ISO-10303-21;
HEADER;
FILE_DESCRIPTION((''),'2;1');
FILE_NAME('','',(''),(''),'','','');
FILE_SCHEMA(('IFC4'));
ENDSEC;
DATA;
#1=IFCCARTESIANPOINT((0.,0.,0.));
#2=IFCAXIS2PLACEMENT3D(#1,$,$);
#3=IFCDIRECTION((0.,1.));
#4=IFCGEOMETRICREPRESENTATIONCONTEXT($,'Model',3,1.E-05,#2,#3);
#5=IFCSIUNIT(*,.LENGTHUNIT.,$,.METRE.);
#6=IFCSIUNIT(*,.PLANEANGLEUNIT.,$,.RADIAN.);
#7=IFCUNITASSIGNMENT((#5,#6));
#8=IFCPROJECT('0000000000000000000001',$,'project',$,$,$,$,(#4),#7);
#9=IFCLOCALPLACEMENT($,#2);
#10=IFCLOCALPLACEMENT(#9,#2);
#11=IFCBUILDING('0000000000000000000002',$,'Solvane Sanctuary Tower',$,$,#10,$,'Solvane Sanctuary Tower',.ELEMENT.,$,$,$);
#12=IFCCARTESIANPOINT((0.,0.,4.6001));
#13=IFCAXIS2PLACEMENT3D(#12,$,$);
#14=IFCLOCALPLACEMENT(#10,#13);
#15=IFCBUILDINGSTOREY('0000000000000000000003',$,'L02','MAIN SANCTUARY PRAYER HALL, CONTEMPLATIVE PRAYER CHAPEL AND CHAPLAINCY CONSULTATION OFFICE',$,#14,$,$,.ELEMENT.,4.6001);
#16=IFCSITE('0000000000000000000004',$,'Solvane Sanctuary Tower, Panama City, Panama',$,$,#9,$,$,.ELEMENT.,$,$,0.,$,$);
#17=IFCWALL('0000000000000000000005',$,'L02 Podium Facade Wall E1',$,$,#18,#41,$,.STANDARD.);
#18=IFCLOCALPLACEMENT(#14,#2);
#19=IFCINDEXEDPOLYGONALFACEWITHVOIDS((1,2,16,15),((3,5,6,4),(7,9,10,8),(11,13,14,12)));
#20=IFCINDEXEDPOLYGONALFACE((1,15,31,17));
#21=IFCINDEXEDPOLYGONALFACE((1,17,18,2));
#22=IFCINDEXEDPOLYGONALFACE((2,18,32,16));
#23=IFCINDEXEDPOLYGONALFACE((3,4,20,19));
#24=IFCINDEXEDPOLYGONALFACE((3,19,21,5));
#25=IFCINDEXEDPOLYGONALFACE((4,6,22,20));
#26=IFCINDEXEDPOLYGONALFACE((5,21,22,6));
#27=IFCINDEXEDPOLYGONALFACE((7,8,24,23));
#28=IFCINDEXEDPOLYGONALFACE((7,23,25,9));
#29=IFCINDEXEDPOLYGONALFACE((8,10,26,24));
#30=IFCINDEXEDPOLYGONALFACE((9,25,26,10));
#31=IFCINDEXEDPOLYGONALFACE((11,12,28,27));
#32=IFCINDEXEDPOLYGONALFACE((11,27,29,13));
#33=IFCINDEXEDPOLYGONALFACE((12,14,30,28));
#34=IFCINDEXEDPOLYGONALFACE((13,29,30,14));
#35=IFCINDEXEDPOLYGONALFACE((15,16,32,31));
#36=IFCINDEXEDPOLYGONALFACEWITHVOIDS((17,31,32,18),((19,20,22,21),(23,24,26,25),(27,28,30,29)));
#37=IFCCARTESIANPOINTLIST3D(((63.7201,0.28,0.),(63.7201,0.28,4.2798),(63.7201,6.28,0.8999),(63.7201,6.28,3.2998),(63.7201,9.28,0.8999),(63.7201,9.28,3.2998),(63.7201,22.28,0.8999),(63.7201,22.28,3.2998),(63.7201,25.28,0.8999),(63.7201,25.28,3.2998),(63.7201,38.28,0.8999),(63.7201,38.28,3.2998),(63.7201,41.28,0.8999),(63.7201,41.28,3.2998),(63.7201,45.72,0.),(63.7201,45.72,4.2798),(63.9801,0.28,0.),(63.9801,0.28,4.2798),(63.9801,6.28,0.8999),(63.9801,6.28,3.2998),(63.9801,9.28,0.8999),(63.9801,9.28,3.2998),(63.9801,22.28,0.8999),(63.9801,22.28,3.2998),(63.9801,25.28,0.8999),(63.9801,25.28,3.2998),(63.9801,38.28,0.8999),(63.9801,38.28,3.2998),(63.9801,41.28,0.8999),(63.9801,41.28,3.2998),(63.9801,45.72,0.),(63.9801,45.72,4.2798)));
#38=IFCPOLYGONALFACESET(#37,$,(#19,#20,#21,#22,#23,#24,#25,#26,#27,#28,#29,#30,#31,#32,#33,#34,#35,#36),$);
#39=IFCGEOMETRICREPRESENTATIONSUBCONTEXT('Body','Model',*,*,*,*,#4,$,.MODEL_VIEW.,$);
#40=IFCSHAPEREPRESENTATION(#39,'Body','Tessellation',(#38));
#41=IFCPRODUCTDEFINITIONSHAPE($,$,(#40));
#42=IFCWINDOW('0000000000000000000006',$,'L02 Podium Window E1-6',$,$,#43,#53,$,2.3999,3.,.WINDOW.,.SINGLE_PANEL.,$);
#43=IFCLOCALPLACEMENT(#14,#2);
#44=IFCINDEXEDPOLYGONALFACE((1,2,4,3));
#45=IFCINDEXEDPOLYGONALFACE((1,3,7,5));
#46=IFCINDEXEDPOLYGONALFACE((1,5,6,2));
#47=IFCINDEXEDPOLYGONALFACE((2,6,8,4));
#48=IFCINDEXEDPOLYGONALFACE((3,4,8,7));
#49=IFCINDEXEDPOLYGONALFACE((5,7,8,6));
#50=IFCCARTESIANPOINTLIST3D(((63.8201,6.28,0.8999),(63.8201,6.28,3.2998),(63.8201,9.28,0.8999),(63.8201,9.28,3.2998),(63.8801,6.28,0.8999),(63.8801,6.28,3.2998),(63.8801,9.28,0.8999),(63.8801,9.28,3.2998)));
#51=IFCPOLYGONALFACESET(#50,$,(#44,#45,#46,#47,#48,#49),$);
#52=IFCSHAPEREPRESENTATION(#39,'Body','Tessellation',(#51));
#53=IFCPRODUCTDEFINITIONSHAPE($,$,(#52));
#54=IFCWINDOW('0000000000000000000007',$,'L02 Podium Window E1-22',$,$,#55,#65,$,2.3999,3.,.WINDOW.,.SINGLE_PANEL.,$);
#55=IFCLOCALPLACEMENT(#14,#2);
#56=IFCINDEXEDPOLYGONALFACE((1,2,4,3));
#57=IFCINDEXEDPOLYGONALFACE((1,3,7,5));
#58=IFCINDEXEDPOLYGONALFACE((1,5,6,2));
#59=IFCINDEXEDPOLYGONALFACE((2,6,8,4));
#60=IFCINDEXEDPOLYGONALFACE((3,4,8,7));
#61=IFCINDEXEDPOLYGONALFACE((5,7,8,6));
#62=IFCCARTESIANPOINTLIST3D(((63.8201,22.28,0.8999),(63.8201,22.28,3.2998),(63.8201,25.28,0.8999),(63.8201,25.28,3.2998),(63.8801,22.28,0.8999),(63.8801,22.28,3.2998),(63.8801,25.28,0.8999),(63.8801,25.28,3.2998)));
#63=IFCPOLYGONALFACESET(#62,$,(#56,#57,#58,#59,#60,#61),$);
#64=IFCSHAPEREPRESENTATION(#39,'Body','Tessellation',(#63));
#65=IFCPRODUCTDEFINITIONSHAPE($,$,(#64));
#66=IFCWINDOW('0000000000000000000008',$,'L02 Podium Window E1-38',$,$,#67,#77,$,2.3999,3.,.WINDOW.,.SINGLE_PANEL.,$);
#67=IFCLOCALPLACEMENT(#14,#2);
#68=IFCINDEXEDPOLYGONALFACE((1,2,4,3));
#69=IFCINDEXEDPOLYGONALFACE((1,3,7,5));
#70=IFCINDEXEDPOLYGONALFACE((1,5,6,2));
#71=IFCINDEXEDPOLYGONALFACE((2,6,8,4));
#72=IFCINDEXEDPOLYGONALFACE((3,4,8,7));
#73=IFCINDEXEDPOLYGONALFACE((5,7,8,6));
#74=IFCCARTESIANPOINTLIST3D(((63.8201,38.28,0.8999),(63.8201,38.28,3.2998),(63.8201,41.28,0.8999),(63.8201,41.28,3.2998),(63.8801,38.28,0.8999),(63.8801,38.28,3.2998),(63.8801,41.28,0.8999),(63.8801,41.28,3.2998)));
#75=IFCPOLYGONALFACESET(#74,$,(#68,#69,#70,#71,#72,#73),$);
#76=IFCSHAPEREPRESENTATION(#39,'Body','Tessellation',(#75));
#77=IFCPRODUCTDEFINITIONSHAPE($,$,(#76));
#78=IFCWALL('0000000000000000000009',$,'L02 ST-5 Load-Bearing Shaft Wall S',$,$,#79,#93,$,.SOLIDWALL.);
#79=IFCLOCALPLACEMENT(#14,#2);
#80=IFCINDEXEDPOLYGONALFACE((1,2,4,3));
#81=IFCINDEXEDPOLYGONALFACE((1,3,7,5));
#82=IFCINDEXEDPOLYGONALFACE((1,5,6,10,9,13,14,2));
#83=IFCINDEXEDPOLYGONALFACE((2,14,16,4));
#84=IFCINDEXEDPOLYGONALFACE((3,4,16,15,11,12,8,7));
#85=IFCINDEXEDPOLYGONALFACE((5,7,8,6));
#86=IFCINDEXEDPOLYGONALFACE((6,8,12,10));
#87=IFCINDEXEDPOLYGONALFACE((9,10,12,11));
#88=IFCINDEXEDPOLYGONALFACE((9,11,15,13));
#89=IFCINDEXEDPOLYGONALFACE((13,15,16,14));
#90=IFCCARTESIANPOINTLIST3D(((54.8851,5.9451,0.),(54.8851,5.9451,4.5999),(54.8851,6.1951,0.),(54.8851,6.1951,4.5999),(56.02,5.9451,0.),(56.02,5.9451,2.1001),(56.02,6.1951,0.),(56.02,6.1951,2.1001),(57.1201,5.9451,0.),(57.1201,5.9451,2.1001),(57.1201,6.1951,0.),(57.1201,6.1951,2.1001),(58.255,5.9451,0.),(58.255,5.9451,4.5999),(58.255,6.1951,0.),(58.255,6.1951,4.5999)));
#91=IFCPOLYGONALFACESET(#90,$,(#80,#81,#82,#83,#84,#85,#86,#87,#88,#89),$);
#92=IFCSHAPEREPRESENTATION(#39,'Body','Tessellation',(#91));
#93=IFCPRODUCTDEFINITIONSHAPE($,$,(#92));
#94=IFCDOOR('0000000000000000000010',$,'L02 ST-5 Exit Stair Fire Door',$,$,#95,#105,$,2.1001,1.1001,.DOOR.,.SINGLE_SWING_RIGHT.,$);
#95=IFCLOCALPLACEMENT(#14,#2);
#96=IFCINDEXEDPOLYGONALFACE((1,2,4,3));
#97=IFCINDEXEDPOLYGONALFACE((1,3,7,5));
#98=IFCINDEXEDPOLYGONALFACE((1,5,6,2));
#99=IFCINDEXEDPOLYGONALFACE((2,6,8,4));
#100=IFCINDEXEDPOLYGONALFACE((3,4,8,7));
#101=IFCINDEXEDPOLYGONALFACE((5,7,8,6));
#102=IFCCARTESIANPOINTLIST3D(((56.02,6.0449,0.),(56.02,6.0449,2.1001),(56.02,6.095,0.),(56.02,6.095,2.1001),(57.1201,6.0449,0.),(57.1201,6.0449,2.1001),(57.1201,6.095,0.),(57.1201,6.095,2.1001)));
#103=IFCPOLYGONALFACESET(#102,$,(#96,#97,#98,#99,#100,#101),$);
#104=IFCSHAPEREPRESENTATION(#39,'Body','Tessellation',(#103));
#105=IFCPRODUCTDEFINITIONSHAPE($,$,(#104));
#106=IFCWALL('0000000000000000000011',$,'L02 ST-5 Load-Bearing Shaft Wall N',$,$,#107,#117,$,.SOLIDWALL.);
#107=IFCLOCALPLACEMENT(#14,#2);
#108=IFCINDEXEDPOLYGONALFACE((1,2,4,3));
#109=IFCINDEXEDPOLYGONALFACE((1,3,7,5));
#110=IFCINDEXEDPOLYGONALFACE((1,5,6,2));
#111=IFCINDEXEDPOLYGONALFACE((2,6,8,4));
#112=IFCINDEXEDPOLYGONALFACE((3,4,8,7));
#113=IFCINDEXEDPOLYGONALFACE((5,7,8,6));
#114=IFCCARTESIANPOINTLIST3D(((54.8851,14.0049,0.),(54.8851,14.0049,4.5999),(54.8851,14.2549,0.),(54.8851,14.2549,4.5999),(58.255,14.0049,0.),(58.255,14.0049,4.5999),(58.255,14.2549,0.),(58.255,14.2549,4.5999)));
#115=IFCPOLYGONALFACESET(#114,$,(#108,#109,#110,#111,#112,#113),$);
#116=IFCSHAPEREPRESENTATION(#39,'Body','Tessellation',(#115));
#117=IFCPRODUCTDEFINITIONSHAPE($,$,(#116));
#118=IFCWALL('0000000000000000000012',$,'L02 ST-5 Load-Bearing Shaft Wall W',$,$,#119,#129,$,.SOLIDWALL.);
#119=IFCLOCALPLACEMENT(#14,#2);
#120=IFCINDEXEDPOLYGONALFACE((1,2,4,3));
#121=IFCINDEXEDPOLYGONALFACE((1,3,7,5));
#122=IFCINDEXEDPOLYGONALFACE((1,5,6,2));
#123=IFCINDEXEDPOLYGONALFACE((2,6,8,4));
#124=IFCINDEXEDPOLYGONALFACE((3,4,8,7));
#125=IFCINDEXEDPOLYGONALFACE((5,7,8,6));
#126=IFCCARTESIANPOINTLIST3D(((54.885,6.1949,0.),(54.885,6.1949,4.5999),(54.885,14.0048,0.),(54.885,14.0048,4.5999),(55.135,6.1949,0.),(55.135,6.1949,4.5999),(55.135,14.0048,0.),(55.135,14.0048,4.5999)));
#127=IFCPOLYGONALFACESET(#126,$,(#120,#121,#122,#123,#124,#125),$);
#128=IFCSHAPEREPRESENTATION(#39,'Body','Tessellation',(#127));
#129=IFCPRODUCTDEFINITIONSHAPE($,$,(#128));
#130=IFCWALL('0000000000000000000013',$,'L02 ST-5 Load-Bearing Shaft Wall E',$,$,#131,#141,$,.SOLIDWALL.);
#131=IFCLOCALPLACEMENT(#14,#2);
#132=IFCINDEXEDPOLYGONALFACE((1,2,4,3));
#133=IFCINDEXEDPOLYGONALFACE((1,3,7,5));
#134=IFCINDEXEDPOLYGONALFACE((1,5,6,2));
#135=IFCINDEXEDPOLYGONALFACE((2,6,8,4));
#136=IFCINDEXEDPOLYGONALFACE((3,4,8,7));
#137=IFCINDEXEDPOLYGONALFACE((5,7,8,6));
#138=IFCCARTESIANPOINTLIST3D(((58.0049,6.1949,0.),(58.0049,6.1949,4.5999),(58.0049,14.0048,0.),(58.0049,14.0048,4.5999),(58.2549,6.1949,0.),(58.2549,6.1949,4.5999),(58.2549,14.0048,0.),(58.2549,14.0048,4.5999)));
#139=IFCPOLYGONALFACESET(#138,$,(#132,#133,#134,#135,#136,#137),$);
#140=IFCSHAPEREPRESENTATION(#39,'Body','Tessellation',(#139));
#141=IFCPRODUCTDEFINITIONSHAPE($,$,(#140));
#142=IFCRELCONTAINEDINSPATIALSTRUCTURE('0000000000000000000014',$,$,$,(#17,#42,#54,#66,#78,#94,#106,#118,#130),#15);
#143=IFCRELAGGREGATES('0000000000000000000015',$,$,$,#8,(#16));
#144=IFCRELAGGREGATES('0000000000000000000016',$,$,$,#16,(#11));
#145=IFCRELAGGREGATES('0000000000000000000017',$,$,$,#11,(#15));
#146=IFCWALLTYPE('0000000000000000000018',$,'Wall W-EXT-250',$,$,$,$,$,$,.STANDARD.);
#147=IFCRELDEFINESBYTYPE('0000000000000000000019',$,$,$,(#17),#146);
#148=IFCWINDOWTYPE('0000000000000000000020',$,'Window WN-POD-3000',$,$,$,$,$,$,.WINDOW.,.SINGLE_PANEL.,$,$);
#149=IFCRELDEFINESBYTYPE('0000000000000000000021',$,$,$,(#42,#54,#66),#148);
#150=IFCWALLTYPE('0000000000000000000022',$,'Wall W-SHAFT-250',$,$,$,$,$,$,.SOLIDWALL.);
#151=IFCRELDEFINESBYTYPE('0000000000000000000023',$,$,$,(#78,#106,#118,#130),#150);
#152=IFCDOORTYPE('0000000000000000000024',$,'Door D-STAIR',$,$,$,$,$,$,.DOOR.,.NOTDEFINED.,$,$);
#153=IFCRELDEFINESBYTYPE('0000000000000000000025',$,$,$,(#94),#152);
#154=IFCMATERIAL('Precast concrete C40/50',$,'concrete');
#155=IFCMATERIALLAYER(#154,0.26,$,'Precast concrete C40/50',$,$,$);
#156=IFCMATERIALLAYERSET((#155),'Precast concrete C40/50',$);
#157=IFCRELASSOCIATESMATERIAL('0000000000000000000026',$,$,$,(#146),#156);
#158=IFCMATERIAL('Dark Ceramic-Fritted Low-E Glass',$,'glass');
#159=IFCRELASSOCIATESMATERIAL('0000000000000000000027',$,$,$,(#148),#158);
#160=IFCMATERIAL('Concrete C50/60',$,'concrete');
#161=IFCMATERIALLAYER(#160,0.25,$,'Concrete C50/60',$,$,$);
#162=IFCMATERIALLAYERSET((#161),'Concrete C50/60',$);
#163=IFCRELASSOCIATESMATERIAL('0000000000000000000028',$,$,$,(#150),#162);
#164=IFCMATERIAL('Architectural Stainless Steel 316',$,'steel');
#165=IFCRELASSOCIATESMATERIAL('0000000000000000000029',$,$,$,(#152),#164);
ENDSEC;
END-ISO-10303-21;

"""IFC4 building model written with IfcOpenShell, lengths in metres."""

from ifc_helpers import new_model, si_unit, direction, frame, frame_2d, origin, place, context, subcontext, project, spatial, rectangle, extrude, material, layer, layer_set, type_object, element, fill, save


model = new_model("IFC4")

# Units and contexts
model_context = context("Model", 3, precision=1e-05, world=origin(), true_north=direction((0.0, 1.0)))
body_context = subcontext(model_context, "Body", "Model", "MODEL_VIEW")
ifc_project = project(units=[si_unit("LENGTHUNIT", "METRE"), si_unit("PLANEANGLEUNIT", "RADIAN")], contexts=[model_context])

# Site, building, storey
site_placement = place(None, origin())
site = spatial("IfcSite", under=ifc_project, at=site_placement, Name="Solvane Sanctuary Tower, Panama City, Panama", CompositionType="ELEMENT", RefElevation=0.0)
building_placement = place(site_placement, origin())
building = spatial("IfcBuilding", under=site, at=building_placement, Name="Solvane Sanctuary Tower", LongName="Solvane Sanctuary Tower", CompositionType="ELEMENT")
storey_placement = place(building_placement, frame((0.0, 0.0, 4.6001)))
storey = spatial("IfcBuildingStorey", under=building, at=storey_placement, Name="L02", Description="MAIN SANCTUARY PRAYER HALL, CONTEMPLATIVE PRAYER CHAPEL AND CHAPLAINCY CONSULTATION OFFICE", CompositionType="ELEMENT", Elevation=4.6001)

# Wall, openings, windows
ifc_material_1 = material(Name="Precast concrete C40/50", Category="concrete")
ifc_layer_1 = layer(ifc_material_1, 0.26, Name="Precast concrete C40/50")
ifc_layer_set_1 = layer_set([ifc_layer_1], Name="Precast concrete C40/50")
wall_type_1 = type_object("IfcWallType", Name="Wall W-EXT-250", PredefinedType="STANDARD", material=ifc_layer_set_1)
wall_1_placement = place(storey_placement, frame((63.8501, 0.28, 0.0), z_axis=(0.0, 0.0, 1.0), x_axis=(0.0, 1.0, 0.0)))
wall_1 = element("IfcWall", 1, at=wall_1_placement, inside=storey, type_object=wall_type_1, Name="L02 Podium Facade Wall E1", PredefinedType="STANDARD", context=body_context, shape_type="SweptSolid", body=[
    extrude(rectangle(XDim=45.4399, YDim=0.26, at=frame_2d((22.72, 0.0))), origin(), (0.0, 0.0, 1.0), 4.2798),
])
opening_1_placement = place(wall_1_placement, frame((6.0, 0.0, 0.8999)))
opening_1 = element("IfcOpeningElement", 2, at=opening_1_placement, cuts=wall_1, PredefinedType="OPENING", context=body_context, shape_type="SweptSolid", body=[
    extrude(rectangle(XDim=3.0, YDim=2.3999, at=frame_2d((1.5, 1.2))), frame((0.0, 0.1399, 0.0), z_axis=(0.0, -1.0, 0.0), x_axis=(1.0, 0.0, 0.0)), (0.0, 0.0, 1.0), 0.28),
])
opening_2_placement = place(wall_1_placement, frame((22.0, 0.0, 0.8999)))
opening_2 = element("IfcOpeningElement", 3, at=opening_2_placement, cuts=wall_1, PredefinedType="OPENING", context=body_context, shape_type="SweptSolid", body=[
    extrude(rectangle(XDim=3.0, YDim=2.3999, at=frame_2d((1.5, 1.2))), frame((0.0, 0.1399, 0.0), z_axis=(0.0, -1.0, 0.0), x_axis=(1.0, 0.0, 0.0)), (0.0, 0.0, 1.0), 0.28),
])
opening_3_placement = place(wall_1_placement, frame((38.0, 0.0, 0.8999)))
opening_3 = element("IfcOpeningElement", 4, at=opening_3_placement, cuts=wall_1, PredefinedType="OPENING", context=body_context, shape_type="SweptSolid", body=[
    extrude(rectangle(XDim=3.0, YDim=2.3999, at=frame_2d((1.5, 1.2))), frame((0.0, 0.1399, 0.0), z_axis=(0.0, -1.0, 0.0), x_axis=(1.0, 0.0, 0.0)), (0.0, 0.0, 1.0), 0.28),
])
ifc_material_2 = material(Name="Dark Ceramic-Fritted Low-E Glass", Category="glass")
window_type = type_object("IfcWindowType", Name="Window WN-POD-3000", PartitioningType="SINGLE_PANEL", PredefinedType="WINDOW", material=ifc_material_2)
window_1_placement = place(opening_1_placement, origin())
window_1 = element("IfcWindow", 5, at=window_1_placement, inside=storey, type_object=window_type, Name="L02 Podium Window E1-6", OverallHeight=2.3999, OverallWidth=3.0, PartitioningType="SINGLE_PANEL", PredefinedType="WINDOW", context=body_context, shape_type="SweptSolid", body=[
    extrude(rectangle(XDim=3.0, YDim=2.3999, at=frame_2d((1.5, 1.2))), frame((0.0, 0.03, 0.0), z_axis=(0.0, -1.0, 0.0), x_axis=(1.0, 0.0, 0.0)), (0.0, 0.0, 1.0), 0.0601),
])
fill(opening_1, window_1)
window_2_placement = place(opening_2_placement, origin())
window_2 = element("IfcWindow", 6, at=window_2_placement, inside=storey, type_object=window_type, Name="L02 Podium Window E1-22", OverallHeight=2.3999, OverallWidth=3.0, PartitioningType="SINGLE_PANEL", PredefinedType="WINDOW", context=body_context, shape_type="SweptSolid", body=[
    extrude(rectangle(XDim=3.0, YDim=2.3999, at=frame_2d((1.5, 1.2))), frame((0.0, 0.03, 0.0), z_axis=(0.0, -1.0, 0.0), x_axis=(1.0, 0.0, 0.0)), (0.0, 0.0, 1.0), 0.0601),
])
fill(opening_2, window_2)
window_3_placement = place(opening_3_placement, origin())
window_3 = element("IfcWindow", 7, at=window_3_placement, inside=storey, type_object=window_type, Name="L02 Podium Window E1-38", OverallHeight=2.3999, OverallWidth=3.0, PartitioningType="SINGLE_PANEL", PredefinedType="WINDOW", context=body_context, shape_type="SweptSolid", body=[
    extrude(rectangle(XDim=3.0, YDim=2.3999, at=frame_2d((1.5, 1.2))), frame((0.0, 0.03, 0.0), z_axis=(0.0, -1.0, 0.0), x_axis=(1.0, 0.0, 0.0)), (0.0, 0.0, 1.0), 0.0601),
])
fill(opening_3, window_3)

# Wall, opening, door
ifc_material_3 = material(Name="Concrete C50/60", Category="concrete")
ifc_layer_2 = layer(ifc_material_3, 0.25, Name="Concrete C50/60")
ifc_layer_set_2 = layer_set([ifc_layer_2], Name="Concrete C50/60")
wall_type_2 = type_object("IfcWallType", Name="Wall W-SHAFT-250", PredefinedType="SOLIDWALL", material=ifc_layer_set_2)
wall_2_placement = place(storey_placement, frame((54.885, 6.0701, 0.0), z_axis=(0.0, 0.0, 1.0), x_axis=(1.0, 0.0, 0.0)))
wall_2 = element("IfcWall", 8, at=wall_2_placement, inside=storey, type_object=wall_type_2, Name="L02 ST-5 Load-Bearing Shaft Wall S", PredefinedType="SOLIDWALL", context=body_context, shape_type="SweptSolid", body=[
    extrude(rectangle(XDim=3.3699, YDim=0.25, at=frame_2d((1.6851, 0.0))), origin(), (0.0, 0.0, 1.0), 4.5999),
])
opening_4_placement = place(wall_2_placement, frame((1.135, 0.0, 0.0)))
opening_4 = element("IfcOpeningElement", 9, at=opening_4_placement, cuts=wall_2, PredefinedType="OPENING", context=body_context, shape_type="SweptSolid", body=[
    extrude(rectangle(XDim=1.1001, YDim=2.1001, at=frame_2d((0.55, 1.05))), frame((0.0, 0.135, 0.0), z_axis=(0.0, -1.0, 0.0), x_axis=(1.0, 0.0, 0.0)), (0.0, 0.0, 1.0), 0.27),
])
ifc_material_4 = material(Name="Architectural Stainless Steel 316", Category="steel")
door_type = type_object("IfcDoorType", Name="Door D-STAIR", OperationType="NOTDEFINED", PredefinedType="DOOR", material=ifc_material_4)
door_placement = place(opening_4_placement, origin())
door = element("IfcDoor", 10, at=door_placement, inside=storey, type_object=door_type, Name="L02 ST-5 Exit Stair Fire Door", OperationType="SINGLE_SWING_RIGHT", OverallHeight=2.1001, OverallWidth=1.1001, PredefinedType="DOOR", context=body_context, shape_type="SweptSolid", body=[
    extrude(rectangle(XDim=1.1001, YDim=2.1001, at=frame_2d((0.55, 1.05))), frame((0.0, 0.0249, 0.0), z_axis=(0.0, -1.0, 0.0), x_axis=(1.0, 0.0, 0.0)), (0.0, 0.0, 1.0), 0.05),
])
fill(opening_4, door)

# Walls
wall_3_placement = place(storey_placement, frame((54.885, 14.1299, 0.0), z_axis=(0.0, 0.0, 1.0), x_axis=(1.0, 0.0, 0.0)))
element("IfcWall", 11, at=wall_3_placement, inside=storey, type_object=wall_type_2, Name="L02 ST-5 Load-Bearing Shaft Wall N", PredefinedType="SOLIDWALL", context=body_context, shape_type="SweptSolid", body=[
    extrude(rectangle(XDim=3.3699, YDim=0.25, at=frame_2d((1.6851, 0.0))), origin(), (0.0, 0.0, 1.0), 4.5999),
])
for number, where, z_axis, x_axis, name in (
    (12, (55.01, 6.1951, 0.0), (0.0, 0.0, 1.0), (0.0, 1.0, 0.0), "L02 ST-5 Load-Bearing Shaft Wall W"),
    (13, (58.1299, 6.1951, 0.0), (0.0, 0.0, 1.0), (0.0, 1.0, 0.0), "L02 ST-5 Load-Bearing Shaft Wall E"),
):
    element("IfcWall", number, at=place(storey_placement, frame(where, z_axis=z_axis, x_axis=x_axis)), inside=storey, type_object=wall_type_2, Name=name, PredefinedType="SOLIDWALL", context=body_context, shape_type="SweptSolid", body=[
        extrude(rectangle(XDim=7.8098, YDim=0.25, at=frame_2d((3.9048, 0.0))), origin(), (0.0, 0.0, 1.0), 4.5999),
    ])

save(model, "model.ifc")
